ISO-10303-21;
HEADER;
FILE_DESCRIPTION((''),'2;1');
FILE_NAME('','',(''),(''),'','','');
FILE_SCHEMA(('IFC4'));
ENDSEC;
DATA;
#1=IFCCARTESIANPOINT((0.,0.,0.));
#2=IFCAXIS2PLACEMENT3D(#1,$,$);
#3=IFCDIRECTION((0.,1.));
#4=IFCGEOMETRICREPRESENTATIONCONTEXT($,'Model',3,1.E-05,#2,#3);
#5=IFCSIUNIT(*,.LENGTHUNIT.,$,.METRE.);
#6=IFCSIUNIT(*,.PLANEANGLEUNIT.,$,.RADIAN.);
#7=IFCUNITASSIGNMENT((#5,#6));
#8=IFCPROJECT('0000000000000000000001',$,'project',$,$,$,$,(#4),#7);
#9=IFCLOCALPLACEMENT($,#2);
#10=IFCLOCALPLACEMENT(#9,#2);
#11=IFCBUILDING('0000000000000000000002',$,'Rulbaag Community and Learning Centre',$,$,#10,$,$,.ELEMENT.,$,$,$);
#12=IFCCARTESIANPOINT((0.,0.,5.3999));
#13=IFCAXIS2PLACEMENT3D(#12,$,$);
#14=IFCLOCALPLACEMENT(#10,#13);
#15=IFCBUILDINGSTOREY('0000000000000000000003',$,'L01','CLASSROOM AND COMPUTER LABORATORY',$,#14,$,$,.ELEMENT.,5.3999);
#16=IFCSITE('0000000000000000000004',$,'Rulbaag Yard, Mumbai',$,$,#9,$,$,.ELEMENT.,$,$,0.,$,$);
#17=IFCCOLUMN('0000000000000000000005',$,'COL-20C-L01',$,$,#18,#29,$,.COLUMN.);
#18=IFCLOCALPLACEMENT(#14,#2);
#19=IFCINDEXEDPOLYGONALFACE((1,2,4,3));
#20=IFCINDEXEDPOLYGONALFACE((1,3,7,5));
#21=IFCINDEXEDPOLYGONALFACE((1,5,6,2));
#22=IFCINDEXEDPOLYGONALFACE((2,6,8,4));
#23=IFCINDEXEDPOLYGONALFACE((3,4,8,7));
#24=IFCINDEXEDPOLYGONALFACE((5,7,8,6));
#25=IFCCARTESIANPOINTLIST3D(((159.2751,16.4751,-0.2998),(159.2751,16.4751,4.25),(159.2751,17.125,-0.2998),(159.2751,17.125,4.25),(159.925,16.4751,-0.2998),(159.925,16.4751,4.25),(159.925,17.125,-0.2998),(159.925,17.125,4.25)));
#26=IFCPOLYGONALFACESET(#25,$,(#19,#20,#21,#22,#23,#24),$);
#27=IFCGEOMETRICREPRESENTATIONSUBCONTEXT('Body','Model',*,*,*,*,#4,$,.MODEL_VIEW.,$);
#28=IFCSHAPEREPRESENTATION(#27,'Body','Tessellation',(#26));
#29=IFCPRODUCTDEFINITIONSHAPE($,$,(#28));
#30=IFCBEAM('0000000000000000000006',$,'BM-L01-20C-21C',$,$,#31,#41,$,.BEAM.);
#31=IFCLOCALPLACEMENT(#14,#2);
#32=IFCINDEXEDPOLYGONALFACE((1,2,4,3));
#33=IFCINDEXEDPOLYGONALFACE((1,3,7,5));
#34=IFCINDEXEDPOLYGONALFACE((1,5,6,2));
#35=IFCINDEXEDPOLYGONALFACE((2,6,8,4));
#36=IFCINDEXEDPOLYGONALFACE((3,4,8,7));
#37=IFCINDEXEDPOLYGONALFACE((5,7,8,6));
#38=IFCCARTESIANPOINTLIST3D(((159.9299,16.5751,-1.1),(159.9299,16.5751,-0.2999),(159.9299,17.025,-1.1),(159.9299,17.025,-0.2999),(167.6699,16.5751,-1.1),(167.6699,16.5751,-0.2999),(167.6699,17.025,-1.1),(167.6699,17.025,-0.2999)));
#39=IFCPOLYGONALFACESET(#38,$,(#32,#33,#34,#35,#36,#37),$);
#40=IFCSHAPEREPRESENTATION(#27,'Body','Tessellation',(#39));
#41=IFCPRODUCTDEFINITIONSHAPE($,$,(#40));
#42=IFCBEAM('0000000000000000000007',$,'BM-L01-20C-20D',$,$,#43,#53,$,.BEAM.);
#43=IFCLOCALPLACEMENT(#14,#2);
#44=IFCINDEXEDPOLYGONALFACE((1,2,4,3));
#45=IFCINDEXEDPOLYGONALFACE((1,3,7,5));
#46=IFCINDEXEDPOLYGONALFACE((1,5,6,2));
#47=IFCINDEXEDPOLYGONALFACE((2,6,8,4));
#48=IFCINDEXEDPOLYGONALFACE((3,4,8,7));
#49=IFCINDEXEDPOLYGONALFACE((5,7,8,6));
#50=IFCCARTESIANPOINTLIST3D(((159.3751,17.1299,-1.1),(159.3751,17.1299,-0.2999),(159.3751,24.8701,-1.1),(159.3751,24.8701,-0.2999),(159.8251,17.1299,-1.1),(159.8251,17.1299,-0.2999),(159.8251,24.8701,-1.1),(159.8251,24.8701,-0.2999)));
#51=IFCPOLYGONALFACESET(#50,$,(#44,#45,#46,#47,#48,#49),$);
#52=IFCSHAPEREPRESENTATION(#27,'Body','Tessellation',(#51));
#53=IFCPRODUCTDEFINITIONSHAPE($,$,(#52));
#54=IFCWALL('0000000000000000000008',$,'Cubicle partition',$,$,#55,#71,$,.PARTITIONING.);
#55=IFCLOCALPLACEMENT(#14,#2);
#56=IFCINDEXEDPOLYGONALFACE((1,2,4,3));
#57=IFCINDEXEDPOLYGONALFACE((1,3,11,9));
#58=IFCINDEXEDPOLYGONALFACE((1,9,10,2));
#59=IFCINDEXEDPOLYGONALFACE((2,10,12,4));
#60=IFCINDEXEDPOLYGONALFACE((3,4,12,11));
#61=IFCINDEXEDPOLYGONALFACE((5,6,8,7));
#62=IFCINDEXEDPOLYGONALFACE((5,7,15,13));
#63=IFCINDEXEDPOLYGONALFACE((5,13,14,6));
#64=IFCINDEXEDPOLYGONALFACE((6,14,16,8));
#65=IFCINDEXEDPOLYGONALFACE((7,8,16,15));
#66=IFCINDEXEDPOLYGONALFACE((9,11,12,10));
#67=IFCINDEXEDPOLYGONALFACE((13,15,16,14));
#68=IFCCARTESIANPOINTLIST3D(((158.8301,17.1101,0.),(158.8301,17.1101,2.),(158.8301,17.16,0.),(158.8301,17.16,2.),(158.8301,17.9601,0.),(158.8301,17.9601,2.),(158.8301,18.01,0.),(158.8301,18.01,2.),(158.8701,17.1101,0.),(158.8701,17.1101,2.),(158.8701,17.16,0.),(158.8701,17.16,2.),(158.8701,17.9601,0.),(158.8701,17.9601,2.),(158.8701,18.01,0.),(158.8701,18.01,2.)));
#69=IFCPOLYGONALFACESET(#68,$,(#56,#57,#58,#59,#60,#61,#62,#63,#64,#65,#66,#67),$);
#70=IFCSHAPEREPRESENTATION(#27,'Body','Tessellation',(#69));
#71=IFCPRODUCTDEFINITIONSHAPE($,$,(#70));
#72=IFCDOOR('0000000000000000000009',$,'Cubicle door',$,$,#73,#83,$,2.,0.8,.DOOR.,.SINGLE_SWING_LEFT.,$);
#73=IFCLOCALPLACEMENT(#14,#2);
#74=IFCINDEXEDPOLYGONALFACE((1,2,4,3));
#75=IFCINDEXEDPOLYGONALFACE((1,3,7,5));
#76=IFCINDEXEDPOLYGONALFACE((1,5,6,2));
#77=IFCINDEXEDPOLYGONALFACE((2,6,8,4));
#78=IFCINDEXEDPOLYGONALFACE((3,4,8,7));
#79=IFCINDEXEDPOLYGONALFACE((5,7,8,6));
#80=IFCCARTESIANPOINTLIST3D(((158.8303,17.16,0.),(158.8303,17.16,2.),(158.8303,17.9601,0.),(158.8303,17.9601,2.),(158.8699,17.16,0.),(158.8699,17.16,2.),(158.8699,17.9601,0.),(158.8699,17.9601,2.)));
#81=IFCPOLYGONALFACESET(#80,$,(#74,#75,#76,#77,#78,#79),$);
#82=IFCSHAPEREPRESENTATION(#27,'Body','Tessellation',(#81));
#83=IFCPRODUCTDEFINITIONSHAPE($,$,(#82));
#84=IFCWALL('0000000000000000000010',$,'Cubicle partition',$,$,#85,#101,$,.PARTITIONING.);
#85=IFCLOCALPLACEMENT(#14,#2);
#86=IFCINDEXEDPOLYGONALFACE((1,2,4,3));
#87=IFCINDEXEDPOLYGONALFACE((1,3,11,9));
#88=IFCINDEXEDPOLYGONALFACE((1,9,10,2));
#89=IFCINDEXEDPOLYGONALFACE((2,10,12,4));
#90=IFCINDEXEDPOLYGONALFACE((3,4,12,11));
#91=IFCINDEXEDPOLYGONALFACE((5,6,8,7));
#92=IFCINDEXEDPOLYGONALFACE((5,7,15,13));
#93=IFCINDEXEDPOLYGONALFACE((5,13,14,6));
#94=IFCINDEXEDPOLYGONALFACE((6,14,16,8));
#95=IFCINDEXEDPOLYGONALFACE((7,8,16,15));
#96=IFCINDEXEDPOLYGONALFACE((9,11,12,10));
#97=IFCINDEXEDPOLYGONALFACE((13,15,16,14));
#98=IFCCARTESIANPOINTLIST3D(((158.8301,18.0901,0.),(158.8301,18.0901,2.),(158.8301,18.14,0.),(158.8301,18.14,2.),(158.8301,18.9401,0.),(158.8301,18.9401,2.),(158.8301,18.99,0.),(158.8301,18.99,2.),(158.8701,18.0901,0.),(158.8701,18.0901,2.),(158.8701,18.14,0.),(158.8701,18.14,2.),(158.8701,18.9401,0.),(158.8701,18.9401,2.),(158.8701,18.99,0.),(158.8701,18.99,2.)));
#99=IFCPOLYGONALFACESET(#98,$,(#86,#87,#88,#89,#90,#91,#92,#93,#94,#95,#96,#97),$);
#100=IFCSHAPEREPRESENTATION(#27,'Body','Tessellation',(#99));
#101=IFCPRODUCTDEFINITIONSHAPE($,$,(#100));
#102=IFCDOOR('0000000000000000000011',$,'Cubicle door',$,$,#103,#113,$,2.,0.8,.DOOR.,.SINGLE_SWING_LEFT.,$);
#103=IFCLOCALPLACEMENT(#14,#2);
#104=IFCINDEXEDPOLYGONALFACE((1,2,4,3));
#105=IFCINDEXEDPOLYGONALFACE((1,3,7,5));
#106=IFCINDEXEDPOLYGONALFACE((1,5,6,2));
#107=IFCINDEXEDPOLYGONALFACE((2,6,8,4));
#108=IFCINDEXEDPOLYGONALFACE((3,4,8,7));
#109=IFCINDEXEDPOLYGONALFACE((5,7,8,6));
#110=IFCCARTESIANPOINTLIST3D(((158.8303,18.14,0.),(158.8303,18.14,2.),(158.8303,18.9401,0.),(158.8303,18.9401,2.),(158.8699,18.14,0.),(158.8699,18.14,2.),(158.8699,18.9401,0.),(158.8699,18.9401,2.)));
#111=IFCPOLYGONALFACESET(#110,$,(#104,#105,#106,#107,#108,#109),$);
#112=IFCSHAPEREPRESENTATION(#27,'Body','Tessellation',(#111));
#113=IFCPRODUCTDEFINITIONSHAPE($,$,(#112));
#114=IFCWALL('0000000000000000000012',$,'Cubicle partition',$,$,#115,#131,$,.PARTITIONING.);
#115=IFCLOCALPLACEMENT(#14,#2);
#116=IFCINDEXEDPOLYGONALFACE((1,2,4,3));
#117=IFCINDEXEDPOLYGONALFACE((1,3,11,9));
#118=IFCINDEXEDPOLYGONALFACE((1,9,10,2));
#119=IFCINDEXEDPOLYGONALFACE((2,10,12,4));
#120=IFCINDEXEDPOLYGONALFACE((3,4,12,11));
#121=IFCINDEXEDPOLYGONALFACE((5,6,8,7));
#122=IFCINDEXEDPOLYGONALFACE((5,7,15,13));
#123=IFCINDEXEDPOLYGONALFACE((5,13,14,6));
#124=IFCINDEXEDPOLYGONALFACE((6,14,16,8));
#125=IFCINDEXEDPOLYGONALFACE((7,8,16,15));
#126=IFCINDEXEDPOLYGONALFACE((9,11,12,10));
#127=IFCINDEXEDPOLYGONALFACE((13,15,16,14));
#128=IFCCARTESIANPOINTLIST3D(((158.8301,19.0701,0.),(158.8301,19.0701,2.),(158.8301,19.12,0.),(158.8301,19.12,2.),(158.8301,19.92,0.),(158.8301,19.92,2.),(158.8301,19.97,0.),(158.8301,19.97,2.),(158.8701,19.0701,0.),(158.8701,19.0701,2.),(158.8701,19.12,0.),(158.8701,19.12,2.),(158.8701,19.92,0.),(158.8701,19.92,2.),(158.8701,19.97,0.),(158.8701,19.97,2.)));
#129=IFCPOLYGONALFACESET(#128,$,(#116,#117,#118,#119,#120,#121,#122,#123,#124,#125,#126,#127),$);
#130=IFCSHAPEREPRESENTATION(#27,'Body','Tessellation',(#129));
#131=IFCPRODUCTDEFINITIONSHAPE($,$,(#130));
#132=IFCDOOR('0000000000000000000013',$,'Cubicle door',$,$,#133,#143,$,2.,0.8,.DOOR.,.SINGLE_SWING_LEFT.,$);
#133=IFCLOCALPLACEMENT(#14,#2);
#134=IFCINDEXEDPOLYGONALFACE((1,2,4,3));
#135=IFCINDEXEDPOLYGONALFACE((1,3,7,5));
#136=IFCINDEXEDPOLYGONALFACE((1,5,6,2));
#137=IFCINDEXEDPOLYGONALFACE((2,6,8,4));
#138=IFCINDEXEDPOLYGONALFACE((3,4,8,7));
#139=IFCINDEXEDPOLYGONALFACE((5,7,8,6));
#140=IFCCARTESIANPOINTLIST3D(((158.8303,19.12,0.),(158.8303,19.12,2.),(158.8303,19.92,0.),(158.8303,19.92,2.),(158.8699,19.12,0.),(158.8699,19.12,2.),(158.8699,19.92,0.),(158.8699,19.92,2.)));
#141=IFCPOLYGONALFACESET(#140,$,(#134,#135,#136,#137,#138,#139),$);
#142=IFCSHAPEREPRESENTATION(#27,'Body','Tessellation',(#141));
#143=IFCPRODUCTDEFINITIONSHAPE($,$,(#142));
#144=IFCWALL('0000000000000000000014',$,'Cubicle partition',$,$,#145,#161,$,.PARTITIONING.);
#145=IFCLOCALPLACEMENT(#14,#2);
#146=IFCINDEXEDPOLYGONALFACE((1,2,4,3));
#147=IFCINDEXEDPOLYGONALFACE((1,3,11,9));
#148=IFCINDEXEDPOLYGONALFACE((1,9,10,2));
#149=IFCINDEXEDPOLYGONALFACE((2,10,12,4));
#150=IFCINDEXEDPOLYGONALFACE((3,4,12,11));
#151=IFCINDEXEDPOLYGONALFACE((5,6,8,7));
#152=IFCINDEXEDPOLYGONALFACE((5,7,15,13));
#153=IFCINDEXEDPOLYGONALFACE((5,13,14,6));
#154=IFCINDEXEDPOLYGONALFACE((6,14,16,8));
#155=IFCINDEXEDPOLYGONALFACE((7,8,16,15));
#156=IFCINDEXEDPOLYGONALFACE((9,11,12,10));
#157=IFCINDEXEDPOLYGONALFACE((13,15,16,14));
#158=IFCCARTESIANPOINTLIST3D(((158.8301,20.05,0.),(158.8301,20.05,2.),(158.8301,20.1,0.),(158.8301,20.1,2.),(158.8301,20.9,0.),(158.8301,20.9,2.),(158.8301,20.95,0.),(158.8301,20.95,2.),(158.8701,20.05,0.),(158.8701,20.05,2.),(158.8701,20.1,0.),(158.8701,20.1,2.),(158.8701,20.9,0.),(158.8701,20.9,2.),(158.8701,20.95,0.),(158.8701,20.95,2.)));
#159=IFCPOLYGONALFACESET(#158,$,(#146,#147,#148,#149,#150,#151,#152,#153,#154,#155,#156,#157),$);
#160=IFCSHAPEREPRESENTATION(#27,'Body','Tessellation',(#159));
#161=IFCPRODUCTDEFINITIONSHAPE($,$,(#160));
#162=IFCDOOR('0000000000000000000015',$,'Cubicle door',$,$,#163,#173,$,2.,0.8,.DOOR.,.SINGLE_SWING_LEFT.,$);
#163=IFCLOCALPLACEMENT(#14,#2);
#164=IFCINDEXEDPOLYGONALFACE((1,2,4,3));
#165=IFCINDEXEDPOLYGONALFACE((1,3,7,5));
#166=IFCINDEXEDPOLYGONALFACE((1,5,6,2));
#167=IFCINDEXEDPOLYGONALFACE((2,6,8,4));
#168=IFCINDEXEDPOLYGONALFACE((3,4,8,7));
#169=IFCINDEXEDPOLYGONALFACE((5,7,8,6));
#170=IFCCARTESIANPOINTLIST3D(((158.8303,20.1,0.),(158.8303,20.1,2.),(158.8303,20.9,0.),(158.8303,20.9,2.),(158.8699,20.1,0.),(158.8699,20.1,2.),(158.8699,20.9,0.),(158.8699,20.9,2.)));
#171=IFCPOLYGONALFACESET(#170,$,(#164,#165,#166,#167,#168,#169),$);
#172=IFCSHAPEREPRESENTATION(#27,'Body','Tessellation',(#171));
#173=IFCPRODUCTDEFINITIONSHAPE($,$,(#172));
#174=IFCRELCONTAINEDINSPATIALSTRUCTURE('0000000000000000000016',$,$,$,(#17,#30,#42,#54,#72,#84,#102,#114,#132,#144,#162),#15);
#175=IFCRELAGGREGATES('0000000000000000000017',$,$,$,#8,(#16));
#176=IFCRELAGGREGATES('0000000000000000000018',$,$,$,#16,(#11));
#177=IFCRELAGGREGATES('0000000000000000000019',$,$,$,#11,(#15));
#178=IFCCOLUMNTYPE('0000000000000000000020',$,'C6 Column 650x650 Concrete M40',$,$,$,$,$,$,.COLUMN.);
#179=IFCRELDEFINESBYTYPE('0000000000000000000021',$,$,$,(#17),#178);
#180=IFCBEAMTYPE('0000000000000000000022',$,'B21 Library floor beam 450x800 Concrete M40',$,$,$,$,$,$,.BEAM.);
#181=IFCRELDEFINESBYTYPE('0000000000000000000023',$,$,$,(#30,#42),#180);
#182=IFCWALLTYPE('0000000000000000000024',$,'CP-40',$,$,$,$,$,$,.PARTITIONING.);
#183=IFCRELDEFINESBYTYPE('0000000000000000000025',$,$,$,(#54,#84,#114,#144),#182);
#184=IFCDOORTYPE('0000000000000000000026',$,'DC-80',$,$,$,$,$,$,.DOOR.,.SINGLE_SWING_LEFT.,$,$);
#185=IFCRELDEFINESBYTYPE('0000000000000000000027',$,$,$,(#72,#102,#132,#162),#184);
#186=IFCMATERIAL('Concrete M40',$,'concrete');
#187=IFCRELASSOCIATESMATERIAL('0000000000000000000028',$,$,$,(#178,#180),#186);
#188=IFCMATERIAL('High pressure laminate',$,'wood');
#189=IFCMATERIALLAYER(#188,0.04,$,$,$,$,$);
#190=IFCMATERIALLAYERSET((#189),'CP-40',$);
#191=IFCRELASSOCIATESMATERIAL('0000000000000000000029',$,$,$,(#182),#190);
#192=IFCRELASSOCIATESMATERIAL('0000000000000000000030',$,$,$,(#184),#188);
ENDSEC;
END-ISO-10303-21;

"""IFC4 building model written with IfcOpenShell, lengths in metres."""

from ifc_helpers import new_model, si_unit, direction, frame, frame_2d, origin, origin_2d, place, context, subcontext, project, spatial, rectangle, extrude, material, layer, layer_set, material_profile, profile_set, type_object, element, fill, save


model = new_model("IFC4")

# Units and contexts
model_context = context("Model", 3, precision=1e-05, world=origin(), true_north=direction((0.0, 1.0)))
body_context = subcontext(model_context, "Body", "Model", "MODEL_VIEW")
ifc_project = project(units=[si_unit("LENGTHUNIT", "METRE"), si_unit("PLANEANGLEUNIT", "RADIAN")], contexts=[model_context])

# Site, building, storey
site_placement = place(None, origin())
site = spatial("IfcSite", under=ifc_project, at=site_placement, Name="Rulbaag Yard, Mumbai", CompositionType="ELEMENT", RefElevation=0.0)
building_placement = place(site_placement, origin())
building = spatial("IfcBuilding", under=site, at=building_placement, Name="Rulbaag Community and Learning Centre", CompositionType="ELEMENT")
storey_placement = place(building_placement, frame((0.0, 0.0, 5.3999)))
storey = spatial("IfcBuildingStorey", under=building, at=storey_placement, Name="L01", Description="CLASSROOM AND COMPUTER LABORATORY", CompositionType="ELEMENT", Elevation=5.3999)

# Column
ifc_material_1 = material(Name="Concrete M40", Category="concrete")
ifc_material_profile_1 = material_profile(ifc_material_1, rectangle(XDim=0.6499, YDim=0.6499, at=origin_2d()), Name="RC650x650")
ifc_profile_set_1 = profile_set([ifc_material_profile_1], Name="Concrete M40")
column_type = type_object("IfcColumnType", Name="C6 Column 650x650 Concrete M40", PredefinedType="COLUMN", material=ifc_profile_set_1)
column_placement = place(storey_placement, frame((159.6001, 16.8, -0.2998), z_axis=(0.0, 0.0, 1.0), x_axis=(1.0, 0.0, 0.0)))
element("IfcColumn", 1, at=column_placement, inside=storey, type_object=column_type, Name="COL-20C-L01", PredefinedType="COLUMN", context=body_context, shape_type="SweptSolid", body=[
    extrude(rectangle(XDim=0.6499, YDim=0.6499, at=origin_2d()), origin(), (0.0, 0.0, 1.0), 4.5498),
])

# Beams
ifc_material_profile_2 = material_profile(ifc_material_1, rectangle(XDim=0.45, YDim=0.8, at=origin_2d()), Name="RB450x800")
ifc_profile_set_2 = profile_set([ifc_material_profile_2], Name="Concrete M40")
beam_type = type_object("IfcBeamType", Name="B21 Library floor beam 450x800 Concrete M40", PredefinedType="BEAM", material=ifc_profile_set_2)
beam_1_placement = place(storey_placement, frame((159.9299, 16.8, -0.7), z_axis=(1.0, 0.0, 0.0), x_axis=(0.0, 1.0, 0.0)))
element("IfcBeam", 2, at=beam_1_placement, inside=storey, type_object=beam_type, Name="BM-L01-20C-21C", PredefinedType="BEAM", context=body_context, shape_type="SweptSolid", body=[
    extrude(rectangle(XDim=0.45, YDim=0.8, at=origin_2d()), origin(), (0.0, 0.0, 1.0), 7.74),
])
beam_2_placement = place(storey_placement, frame((159.6001, 17.1299, -0.7), z_axis=(0.0, 1.0, 0.0), x_axis=(-1.0, 0.0, 0.0)))
element("IfcBeam", 3, at=beam_2_placement, inside=storey, type_object=beam_type, Name="BM-L01-20C-20D", PredefinedType="BEAM", context=body_context, shape_type="SweptSolid", body=[
    extrude(rectangle(XDim=0.45, YDim=0.8, at=origin_2d()), origin(), (0.0, 0.0, 1.0), 7.7402),
])

# Walls, openings, doors
ifc_material_2 = material(Name="High pressure laminate", Category="wood")
ifc_layer = layer(ifc_material_2, 0.04)
ifc_layer_set = layer_set([ifc_layer], Name="CP-40")
wall_type = type_object("IfcWallType", Name="CP-40", PredefinedType="PARTITIONING", material=ifc_layer_set)
wall_1_placement = place(storey_placement, frame((158.8501, 17.1101, 0.0), z_axis=(0.0, 0.0, 1.0), x_axis=(0.0, 1.0, 0.0)))
wall_1 = element("IfcWall", 4, at=wall_1_placement, inside=storey, type_object=wall_type, Name="Cubicle partition", PredefinedType="PARTITIONING", context=body_context, shape_type="SweptSolid", body=[
    extrude(rectangle(XDim=0.8999, YDim=0.04, at=frame_2d((0.45, 0.0))), origin(), (0.0, 0.0, 1.0), 2.0),
])
opening_1_placement = place(wall_1_placement, frame((0.05, 0.0, 0.0)))
opening_1 = element("IfcOpeningElement", 5, at=opening_1_placement, cuts=wall_1, PredefinedType="OPENING", context=body_context, shape_type="SweptSolid", body=[
    extrude(rectangle(XDim=0.8, YDim=2.0, at=frame_2d((0.3999, 1.0))), frame((0.0, 0.03, 0.0), z_axis=(0.0, -1.0, 0.0), x_axis=(1.0, 0.0, 0.0)), (0.0, 0.0, 1.0), 0.0601),
])
door_type = type_object("IfcDoorType", Name="DC-80", OperationType="SINGLE_SWING_LEFT", PredefinedType="DOOR", material=ifc_material_2)
door_1_placement = place(opening_1_placement, origin())
door_1 = element("IfcDoor", 6, at=door_1_placement, inside=storey, type_object=door_type, Name="Cubicle door", OperationType="SINGLE_SWING_LEFT", OverallHeight=2.0, OverallWidth=0.8, PredefinedType="DOOR", context=body_context, shape_type="SweptSolid", body=[
    extrude(rectangle(XDim=0.8, YDim=2.0, at=frame_2d((0.3999, 1.0))), frame((0.0, 0.0198, 0.0), z_axis=(0.0, -1.0, 0.0), x_axis=(1.0, 0.0, 0.0)), (0.0, 0.0, 1.0), 0.0396),
])
fill(opening_1, door_1)
wall_2_placement = place(storey_placement, frame((158.8501, 18.0901, 0.0), z_axis=(0.0, 0.0, 1.0), x_axis=(0.0, 1.0, 0.0)))
wall_2 = element("IfcWall", 7, at=wall_2_placement, inside=storey, type_object=wall_type, Name="Cubicle partition", PredefinedType="PARTITIONING", context=body_context, shape_type="SweptSolid", body=[
    extrude(rectangle(XDim=0.8999, YDim=0.04, at=frame_2d((0.45, 0.0))), origin(), (0.0, 0.0, 1.0), 2.0),
])
opening_2_placement = place(wall_2_placement, frame((0.05, 0.0, 0.0)))
opening_2 = element("IfcOpeningElement", 8, at=opening_2_placement, cuts=wall_2, PredefinedType="OPENING", context=body_context, shape_type="SweptSolid", body=[
    extrude(rectangle(XDim=0.8, YDim=2.0, at=frame_2d((0.3999, 1.0))), frame((0.0, 0.03, 0.0), z_axis=(0.0, -1.0, 0.0), x_axis=(1.0, 0.0, 0.0)), (0.0, 0.0, 1.0), 0.0601),
])
door_2_placement = place(opening_2_placement, origin())
door_2 = element("IfcDoor", 9, at=door_2_placement, inside=storey, type_object=door_type, Name="Cubicle door", OperationType="SINGLE_SWING_LEFT", OverallHeight=2.0, OverallWidth=0.8, PredefinedType="DOOR", context=body_context, shape_type="SweptSolid", body=[
    extrude(rectangle(XDim=0.8, YDim=2.0, at=frame_2d((0.3999, 1.0))), frame((0.0, 0.0198, 0.0), z_axis=(0.0, -1.0, 0.0), x_axis=(1.0, 0.0, 0.0)), (0.0, 0.0, 1.0), 0.0396),
])
fill(opening_2, door_2)
wall_3_placement = place(storey_placement, frame((158.8501, 19.0701, 0.0), z_axis=(0.0, 0.0, 1.0), x_axis=(0.0, 1.0, 0.0)))
wall_3 = element("IfcWall", 10, at=wall_3_placement, inside=storey, type_object=wall_type, Name="Cubicle partition", PredefinedType="PARTITIONING", context=body_context, shape_type="SweptSolid", body=[
    extrude(rectangle(XDim=0.8999, YDim=0.04, at=frame_2d((0.45, 0.0))), origin(), (0.0, 0.0, 1.0), 2.0),
])
opening_3_placement = place(wall_3_placement, frame((0.05, 0.0, 0.0)))
opening_3 = element("IfcOpeningElement", 11, at=opening_3_placement, cuts=wall_3, PredefinedType="OPENING", context=body_context, shape_type="SweptSolid", body=[
    extrude(rectangle(XDim=0.8, YDim=2.0, at=frame_2d((0.3999, 1.0))), frame((0.0, 0.03, 0.0), z_axis=(0.0, -1.0, 0.0), x_axis=(1.0, 0.0, 0.0)), (0.0, 0.0, 1.0), 0.0601),
])
door_3_placement = place(opening_3_placement, origin())
door_3 = element("IfcDoor", 12, at=door_3_placement, inside=storey, type_object=door_type, Name="Cubicle door", OperationType="SINGLE_SWING_LEFT", OverallHeight=2.0, OverallWidth=0.8, PredefinedType="DOOR", context=body_context, shape_type="SweptSolid", body=[
    extrude(rectangle(XDim=0.8, YDim=2.0, at=frame_2d((0.3999, 1.0))), frame((0.0, 0.0198, 0.0), z_axis=(0.0, -1.0, 0.0), x_axis=(1.0, 0.0, 0.0)), (0.0, 0.0, 1.0), 0.0396),
])
fill(opening_3, door_3)
wall_4_placement = place(storey_placement, frame((158.8501, 20.05, 0.0), z_axis=(0.0, 0.0, 1.0), x_axis=(0.0, 1.0, 0.0)))
wall_4 = element("IfcWall", 13, at=wall_4_placement, inside=storey, type_object=wall_type, Name="Cubicle partition", PredefinedType="PARTITIONING", context=body_context, shape_type="SweptSolid", body=[
    extrude(rectangle(XDim=0.8999, YDim=0.04, at=frame_2d((0.45, 0.0))), origin(), (0.0, 0.0, 1.0), 2.0),
])
opening_4_placement = place(wall_4_placement, frame((0.05, 0.0, 0.0)))
opening_4 = element("IfcOpeningElement", 14, at=opening_4_placement, cuts=wall_4, PredefinedType="OPENING", context=body_context, shape_type="SweptSolid", body=[
    extrude(rectangle(XDim=0.8, YDim=2.0, at=frame_2d((0.3999, 1.0))), frame((0.0, 0.03, 0.0), z_axis=(0.0, -1.0, 0.0), x_axis=(1.0, 0.0, 0.0)), (0.0, 0.0, 1.0), 0.0601),
])
door_4_placement = place(opening_4_placement, origin())
door_4 = element("IfcDoor", 15, at=door_4_placement, inside=storey, type_object=door_type, Name="Cubicle door", OperationType="SINGLE_SWING_LEFT", OverallHeight=2.0, OverallWidth=0.8, PredefinedType="DOOR", context=body_context, shape_type="SweptSolid", body=[
    extrude(rectangle(XDim=0.8, YDim=2.0, at=frame_2d((0.3999, 1.0))), frame((0.0, 0.0198, 0.0), z_axis=(0.0, -1.0, 0.0), x_axis=(1.0, 0.0, 0.0)), (0.0, 0.0, 1.0), 0.0396),
])
fill(opening_4, door_4)

save(model, "model.ifc")
